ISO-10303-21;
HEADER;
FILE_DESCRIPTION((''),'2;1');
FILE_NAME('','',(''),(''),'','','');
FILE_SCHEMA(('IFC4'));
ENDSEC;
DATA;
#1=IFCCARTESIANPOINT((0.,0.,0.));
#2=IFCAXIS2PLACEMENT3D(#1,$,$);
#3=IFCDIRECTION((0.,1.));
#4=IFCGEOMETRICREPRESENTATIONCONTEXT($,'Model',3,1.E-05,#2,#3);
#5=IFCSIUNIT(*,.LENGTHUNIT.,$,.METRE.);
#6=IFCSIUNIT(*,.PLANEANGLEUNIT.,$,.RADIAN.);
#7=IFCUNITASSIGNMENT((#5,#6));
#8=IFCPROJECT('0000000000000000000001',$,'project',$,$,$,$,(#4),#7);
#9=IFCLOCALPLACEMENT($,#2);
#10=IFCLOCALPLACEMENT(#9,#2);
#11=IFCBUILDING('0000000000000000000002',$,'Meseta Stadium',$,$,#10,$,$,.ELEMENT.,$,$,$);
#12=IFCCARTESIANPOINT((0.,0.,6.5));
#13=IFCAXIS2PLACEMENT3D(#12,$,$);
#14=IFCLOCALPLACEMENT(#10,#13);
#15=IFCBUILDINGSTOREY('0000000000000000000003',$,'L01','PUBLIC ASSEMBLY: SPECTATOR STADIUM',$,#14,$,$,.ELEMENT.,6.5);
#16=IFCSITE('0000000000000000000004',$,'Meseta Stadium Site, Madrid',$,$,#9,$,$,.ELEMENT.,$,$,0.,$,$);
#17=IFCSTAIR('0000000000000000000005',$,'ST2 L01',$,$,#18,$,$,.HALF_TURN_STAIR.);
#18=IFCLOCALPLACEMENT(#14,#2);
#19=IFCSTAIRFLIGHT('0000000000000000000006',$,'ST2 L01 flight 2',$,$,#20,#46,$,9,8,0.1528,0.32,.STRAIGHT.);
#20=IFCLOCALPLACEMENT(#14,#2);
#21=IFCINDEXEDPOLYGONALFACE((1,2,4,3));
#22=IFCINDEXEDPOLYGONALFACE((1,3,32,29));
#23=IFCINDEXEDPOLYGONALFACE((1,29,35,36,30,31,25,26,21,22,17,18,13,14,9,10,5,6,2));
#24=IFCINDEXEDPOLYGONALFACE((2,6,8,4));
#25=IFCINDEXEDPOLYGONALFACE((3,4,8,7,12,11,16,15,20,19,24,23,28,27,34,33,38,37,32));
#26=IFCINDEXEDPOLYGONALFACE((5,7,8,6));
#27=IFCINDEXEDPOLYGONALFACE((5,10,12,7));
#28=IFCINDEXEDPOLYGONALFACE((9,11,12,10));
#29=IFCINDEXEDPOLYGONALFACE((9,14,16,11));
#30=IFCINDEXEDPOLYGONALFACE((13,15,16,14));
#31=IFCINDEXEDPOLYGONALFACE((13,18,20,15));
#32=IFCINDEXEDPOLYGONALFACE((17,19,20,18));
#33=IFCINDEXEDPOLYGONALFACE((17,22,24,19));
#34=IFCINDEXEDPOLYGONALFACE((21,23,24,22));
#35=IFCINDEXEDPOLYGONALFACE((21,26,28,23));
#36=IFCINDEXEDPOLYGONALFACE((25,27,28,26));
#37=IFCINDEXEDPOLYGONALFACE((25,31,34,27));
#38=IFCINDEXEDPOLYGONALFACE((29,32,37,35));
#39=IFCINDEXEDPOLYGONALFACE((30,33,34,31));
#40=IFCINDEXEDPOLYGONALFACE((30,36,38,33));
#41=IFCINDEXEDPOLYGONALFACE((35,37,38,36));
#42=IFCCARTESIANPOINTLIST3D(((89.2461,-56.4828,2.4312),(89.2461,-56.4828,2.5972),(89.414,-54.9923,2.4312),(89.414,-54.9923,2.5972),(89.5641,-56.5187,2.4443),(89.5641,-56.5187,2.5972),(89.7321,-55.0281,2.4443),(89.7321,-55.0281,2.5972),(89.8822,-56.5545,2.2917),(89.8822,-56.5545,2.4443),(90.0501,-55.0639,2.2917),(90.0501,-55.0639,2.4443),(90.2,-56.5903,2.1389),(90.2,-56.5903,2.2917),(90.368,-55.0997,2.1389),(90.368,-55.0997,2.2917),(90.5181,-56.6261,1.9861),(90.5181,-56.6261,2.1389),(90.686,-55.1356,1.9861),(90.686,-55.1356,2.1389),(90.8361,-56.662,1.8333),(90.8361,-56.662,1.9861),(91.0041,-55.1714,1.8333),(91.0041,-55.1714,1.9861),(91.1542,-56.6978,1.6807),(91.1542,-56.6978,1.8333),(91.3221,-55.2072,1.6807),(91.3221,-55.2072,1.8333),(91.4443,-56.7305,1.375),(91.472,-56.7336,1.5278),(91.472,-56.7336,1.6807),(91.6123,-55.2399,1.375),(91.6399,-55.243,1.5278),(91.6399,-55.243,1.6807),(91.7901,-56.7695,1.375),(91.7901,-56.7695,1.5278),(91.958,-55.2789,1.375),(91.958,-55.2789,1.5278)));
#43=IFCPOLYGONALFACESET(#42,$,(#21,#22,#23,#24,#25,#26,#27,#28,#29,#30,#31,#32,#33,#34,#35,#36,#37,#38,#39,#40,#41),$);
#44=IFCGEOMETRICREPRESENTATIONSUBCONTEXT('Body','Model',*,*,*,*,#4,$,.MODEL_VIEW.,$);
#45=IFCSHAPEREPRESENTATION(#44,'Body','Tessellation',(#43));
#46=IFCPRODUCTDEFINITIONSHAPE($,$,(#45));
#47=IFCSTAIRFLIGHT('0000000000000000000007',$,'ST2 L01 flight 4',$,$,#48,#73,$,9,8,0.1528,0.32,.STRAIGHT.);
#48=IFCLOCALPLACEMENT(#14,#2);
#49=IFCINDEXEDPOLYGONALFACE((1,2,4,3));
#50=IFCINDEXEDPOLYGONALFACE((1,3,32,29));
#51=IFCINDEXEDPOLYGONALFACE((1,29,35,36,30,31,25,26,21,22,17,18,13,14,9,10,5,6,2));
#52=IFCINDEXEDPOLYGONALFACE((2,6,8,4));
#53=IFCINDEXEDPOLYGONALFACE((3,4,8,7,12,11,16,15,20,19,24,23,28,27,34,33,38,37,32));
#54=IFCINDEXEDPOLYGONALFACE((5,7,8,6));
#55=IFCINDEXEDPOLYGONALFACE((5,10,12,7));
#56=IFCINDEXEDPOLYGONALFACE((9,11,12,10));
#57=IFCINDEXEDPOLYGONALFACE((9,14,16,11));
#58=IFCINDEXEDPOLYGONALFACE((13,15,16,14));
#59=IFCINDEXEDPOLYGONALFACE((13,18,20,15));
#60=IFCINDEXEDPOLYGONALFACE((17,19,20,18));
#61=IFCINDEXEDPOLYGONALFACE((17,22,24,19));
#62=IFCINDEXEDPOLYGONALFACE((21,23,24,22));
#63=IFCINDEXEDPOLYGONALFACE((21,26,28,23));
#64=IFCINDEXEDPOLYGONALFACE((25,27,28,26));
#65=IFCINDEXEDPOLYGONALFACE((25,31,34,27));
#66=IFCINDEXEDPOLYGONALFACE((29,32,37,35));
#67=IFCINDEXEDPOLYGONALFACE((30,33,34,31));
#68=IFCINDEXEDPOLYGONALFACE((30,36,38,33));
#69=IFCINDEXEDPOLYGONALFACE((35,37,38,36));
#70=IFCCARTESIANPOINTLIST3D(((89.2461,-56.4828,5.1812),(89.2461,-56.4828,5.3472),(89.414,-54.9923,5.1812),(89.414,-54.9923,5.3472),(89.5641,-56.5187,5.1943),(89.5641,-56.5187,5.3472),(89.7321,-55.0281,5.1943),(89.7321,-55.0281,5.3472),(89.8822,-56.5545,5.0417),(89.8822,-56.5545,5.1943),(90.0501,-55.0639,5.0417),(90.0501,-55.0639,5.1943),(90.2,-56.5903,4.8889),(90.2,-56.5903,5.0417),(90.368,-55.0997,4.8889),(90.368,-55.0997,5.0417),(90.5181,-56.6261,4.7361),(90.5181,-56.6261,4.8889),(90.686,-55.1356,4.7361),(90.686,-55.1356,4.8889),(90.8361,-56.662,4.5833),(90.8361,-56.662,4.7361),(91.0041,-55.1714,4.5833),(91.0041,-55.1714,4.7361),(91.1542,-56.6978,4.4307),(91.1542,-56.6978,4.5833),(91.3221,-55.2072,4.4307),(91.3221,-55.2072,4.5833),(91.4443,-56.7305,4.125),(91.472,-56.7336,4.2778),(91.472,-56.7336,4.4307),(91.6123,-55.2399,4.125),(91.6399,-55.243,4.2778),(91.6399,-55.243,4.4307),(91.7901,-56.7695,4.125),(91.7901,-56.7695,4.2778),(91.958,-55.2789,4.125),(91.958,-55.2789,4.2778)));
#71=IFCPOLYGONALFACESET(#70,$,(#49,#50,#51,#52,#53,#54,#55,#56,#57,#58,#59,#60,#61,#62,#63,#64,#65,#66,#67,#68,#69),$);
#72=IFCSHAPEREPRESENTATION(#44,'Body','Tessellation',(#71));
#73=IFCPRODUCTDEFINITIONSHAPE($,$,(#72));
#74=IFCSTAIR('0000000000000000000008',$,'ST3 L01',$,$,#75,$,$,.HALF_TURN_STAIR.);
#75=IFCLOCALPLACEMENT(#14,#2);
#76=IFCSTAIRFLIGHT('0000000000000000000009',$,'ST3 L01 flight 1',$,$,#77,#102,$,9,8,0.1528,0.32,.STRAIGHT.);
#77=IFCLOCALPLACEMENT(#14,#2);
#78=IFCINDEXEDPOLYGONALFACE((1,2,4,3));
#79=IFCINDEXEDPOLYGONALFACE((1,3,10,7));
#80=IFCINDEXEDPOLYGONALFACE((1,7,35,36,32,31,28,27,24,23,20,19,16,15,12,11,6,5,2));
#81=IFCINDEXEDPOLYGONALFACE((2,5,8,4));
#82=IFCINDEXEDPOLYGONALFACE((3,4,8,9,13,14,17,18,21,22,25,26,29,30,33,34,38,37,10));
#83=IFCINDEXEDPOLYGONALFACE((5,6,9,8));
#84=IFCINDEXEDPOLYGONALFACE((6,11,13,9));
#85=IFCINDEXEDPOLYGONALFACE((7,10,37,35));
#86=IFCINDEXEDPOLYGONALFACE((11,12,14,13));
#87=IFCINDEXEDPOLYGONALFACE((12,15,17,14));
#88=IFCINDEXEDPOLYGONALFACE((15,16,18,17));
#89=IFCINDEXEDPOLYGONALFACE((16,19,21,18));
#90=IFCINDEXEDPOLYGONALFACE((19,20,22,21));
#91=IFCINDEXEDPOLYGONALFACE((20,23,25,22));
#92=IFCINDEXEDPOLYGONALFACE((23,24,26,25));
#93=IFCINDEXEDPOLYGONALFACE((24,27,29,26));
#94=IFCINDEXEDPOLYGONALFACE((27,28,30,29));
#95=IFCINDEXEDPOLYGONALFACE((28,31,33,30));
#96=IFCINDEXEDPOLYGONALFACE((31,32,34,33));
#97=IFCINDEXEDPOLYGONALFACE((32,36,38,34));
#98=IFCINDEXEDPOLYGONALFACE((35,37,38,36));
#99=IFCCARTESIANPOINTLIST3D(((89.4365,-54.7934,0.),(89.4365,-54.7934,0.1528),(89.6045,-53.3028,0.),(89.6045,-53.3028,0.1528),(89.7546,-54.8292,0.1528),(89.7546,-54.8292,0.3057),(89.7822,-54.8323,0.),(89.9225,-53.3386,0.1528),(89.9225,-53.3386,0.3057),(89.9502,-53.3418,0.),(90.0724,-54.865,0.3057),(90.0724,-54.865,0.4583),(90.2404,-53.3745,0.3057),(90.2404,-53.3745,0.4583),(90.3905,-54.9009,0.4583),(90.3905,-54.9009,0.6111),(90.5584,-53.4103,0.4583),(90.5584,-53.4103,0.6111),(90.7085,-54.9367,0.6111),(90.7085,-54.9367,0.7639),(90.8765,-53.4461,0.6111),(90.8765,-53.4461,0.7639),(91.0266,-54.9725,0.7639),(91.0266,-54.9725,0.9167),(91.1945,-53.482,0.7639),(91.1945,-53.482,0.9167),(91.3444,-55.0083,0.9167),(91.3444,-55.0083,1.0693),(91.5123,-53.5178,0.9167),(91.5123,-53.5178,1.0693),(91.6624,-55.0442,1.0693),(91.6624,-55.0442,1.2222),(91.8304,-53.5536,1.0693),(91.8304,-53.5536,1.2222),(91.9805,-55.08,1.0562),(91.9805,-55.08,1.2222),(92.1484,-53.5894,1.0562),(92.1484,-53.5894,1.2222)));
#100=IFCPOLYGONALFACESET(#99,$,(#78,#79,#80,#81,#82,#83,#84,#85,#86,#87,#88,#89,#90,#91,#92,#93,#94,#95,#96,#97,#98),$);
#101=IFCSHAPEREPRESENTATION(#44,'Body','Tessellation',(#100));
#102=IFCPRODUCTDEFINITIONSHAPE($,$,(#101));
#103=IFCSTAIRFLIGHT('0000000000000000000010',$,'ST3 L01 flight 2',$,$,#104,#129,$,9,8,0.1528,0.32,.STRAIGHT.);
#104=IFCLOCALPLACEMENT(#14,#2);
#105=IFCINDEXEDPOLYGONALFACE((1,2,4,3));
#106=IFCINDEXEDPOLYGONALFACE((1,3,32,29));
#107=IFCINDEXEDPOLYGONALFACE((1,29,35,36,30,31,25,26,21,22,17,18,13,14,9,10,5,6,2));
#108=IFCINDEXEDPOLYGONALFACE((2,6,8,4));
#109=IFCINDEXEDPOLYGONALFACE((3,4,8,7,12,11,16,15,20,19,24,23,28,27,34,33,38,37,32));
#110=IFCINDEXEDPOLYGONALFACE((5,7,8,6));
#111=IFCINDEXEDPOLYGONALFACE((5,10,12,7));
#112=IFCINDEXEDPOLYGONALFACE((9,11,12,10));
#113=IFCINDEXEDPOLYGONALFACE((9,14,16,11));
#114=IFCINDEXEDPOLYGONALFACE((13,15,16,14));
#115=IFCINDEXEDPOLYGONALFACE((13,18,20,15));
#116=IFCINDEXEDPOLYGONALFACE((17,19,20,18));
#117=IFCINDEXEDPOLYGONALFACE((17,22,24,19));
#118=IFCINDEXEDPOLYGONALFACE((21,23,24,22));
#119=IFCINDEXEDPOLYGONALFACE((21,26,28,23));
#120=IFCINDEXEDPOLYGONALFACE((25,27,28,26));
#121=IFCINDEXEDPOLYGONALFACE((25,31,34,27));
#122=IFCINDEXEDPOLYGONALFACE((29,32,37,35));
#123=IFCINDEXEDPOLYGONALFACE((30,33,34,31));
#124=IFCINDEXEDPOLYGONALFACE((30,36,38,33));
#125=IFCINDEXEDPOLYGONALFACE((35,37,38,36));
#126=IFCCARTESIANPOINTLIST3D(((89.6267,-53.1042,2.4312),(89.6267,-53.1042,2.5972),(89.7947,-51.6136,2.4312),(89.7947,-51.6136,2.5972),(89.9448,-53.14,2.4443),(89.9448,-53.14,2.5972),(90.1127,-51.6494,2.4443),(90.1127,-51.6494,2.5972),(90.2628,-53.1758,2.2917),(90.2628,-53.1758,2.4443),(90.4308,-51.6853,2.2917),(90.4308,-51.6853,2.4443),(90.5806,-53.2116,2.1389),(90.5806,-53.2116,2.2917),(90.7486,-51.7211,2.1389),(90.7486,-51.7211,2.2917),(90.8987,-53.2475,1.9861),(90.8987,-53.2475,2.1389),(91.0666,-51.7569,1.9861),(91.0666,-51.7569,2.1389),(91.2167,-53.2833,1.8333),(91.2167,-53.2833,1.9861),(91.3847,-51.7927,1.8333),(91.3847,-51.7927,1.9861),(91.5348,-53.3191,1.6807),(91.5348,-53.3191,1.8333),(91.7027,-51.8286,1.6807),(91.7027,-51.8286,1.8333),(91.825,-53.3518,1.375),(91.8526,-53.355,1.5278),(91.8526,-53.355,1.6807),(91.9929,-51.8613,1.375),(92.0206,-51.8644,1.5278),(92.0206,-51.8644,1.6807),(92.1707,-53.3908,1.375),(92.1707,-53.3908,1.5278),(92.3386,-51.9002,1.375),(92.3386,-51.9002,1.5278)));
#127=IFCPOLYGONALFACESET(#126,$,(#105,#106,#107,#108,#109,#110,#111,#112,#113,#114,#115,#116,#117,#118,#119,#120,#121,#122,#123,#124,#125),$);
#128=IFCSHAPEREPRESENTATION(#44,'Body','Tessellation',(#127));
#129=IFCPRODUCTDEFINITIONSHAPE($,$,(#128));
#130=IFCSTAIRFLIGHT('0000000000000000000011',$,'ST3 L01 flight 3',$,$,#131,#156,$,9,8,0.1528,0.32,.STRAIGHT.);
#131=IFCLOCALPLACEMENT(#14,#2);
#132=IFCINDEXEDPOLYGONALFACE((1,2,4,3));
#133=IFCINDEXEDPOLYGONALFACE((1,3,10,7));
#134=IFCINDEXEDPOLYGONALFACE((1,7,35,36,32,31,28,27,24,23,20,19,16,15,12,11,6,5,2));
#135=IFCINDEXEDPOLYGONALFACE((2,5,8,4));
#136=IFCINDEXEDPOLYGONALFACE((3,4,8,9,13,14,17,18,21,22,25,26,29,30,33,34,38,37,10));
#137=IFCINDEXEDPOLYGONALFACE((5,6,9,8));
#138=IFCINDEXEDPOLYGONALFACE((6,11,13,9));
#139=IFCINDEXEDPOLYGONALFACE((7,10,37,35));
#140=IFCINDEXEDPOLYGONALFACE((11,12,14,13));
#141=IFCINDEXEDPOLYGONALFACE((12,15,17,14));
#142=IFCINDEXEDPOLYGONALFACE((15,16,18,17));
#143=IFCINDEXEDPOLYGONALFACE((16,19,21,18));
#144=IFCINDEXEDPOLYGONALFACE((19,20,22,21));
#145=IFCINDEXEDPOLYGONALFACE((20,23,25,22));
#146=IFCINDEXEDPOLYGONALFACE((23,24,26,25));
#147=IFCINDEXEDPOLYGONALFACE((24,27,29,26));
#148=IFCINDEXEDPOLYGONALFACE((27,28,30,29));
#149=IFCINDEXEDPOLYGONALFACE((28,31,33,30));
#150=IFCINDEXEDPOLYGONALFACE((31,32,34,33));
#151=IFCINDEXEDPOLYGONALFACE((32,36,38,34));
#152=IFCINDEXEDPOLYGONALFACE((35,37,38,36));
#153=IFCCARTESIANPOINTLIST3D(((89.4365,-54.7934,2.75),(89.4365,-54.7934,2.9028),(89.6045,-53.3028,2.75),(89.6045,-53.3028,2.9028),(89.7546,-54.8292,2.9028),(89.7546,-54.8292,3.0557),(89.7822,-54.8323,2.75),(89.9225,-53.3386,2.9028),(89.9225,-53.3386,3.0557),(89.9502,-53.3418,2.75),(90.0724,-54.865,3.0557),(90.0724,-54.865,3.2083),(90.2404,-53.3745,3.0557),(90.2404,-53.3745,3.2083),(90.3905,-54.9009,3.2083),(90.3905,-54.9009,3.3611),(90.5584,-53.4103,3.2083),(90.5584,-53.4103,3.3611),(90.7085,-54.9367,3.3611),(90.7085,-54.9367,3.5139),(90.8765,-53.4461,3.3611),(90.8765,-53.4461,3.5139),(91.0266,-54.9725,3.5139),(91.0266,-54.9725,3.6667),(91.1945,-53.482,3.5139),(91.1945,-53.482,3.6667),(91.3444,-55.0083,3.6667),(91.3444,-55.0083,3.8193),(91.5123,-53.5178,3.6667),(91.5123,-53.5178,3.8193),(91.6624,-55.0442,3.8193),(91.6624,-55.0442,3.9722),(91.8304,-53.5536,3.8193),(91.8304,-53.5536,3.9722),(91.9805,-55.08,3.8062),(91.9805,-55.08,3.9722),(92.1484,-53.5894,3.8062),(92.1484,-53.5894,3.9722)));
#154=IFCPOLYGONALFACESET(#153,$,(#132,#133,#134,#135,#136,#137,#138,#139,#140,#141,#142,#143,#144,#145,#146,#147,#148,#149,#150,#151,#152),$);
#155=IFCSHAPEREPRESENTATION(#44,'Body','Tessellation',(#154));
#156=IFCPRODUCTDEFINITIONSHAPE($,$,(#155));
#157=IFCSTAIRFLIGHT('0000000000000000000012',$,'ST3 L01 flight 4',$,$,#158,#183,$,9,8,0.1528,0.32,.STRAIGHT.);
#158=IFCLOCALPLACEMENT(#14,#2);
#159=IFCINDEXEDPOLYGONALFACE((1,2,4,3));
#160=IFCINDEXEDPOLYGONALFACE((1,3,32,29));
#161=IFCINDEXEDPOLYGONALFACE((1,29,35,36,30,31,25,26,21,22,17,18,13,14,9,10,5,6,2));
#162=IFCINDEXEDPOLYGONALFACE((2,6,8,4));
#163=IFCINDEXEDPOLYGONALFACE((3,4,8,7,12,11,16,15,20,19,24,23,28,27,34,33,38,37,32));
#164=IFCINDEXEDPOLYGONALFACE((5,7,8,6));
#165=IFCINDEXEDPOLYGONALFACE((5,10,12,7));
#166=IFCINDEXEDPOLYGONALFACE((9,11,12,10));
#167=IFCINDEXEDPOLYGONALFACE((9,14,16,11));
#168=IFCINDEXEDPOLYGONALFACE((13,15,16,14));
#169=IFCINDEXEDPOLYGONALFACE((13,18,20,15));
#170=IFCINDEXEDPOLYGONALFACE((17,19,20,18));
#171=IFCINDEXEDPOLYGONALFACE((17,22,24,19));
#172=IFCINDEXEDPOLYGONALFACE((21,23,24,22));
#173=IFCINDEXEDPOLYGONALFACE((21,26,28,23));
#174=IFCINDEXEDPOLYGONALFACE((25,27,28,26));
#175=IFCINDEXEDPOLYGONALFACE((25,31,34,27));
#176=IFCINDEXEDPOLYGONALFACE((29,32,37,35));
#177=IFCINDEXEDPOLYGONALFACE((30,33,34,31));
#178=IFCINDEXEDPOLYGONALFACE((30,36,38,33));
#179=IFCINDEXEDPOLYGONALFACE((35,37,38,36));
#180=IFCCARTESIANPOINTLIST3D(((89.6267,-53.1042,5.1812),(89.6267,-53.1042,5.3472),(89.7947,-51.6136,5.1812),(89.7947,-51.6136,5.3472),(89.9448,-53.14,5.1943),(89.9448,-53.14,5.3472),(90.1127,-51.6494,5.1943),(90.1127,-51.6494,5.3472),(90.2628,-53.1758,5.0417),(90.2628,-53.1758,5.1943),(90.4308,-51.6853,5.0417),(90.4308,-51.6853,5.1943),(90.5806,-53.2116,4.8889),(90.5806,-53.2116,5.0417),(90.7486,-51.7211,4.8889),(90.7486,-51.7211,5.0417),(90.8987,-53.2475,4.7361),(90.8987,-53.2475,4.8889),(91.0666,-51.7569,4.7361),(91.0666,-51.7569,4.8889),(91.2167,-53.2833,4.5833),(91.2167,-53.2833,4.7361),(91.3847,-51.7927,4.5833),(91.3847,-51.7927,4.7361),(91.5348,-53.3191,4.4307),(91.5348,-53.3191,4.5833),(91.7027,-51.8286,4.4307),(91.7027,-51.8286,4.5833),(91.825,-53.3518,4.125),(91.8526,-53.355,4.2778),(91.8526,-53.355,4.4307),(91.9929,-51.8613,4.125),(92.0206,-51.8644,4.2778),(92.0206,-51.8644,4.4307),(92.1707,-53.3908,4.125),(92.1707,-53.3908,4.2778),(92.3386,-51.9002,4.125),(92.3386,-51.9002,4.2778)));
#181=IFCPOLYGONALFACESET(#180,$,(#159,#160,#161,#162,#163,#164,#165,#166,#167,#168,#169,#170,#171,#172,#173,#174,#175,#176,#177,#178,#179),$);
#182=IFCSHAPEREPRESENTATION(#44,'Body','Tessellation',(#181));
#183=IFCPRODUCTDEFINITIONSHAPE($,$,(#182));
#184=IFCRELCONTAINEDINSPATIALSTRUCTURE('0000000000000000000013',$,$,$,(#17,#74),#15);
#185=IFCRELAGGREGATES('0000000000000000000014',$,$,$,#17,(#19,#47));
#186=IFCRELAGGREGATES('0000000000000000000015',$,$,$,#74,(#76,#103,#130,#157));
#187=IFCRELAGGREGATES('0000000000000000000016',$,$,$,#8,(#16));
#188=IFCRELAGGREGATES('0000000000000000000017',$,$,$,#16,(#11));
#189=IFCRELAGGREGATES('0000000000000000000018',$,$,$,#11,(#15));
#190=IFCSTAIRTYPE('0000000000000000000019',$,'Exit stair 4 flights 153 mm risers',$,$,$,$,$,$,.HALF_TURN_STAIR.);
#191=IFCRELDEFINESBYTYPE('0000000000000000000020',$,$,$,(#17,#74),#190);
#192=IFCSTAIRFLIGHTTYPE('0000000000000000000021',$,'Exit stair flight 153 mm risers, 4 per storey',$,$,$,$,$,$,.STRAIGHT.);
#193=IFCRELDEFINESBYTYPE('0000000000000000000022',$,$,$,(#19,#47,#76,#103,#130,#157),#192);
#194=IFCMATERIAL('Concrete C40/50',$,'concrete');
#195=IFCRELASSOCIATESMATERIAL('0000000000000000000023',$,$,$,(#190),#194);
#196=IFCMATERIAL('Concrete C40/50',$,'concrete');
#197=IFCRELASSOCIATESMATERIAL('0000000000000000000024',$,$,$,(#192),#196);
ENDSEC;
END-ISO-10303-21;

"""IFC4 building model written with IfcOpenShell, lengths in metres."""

from ifc_helpers import new_model, si_unit, direction, frame, origin, place, context, subcontext, project, spatial, polyline, outline, extrude, material, type_object, element, aggregate, save


model = new_model("IFC4")

# Units and contexts
model_context = context("Model", 3, precision=1e-05, world=origin(), true_north=direction((0.0, 1.0)))
body_context = subcontext(model_context, "Body", "Model", "MODEL_VIEW")
ifc_project = project(units=[si_unit("LENGTHUNIT", "METRE"), si_unit("PLANEANGLEUNIT", "RADIAN")], contexts=[model_context])

# Site, building, storey
site_placement = place(None, origin())
site = spatial("IfcSite", under=ifc_project, at=site_placement, Name="Meseta Stadium Site, Madrid", CompositionType="ELEMENT", RefElevation=0.0)
building_placement = place(site_placement, origin())
building = spatial("IfcBuilding", under=site, at=building_placement, Name="Meseta Stadium", CompositionType="ELEMENT")
storey_placement = place(building_placement, frame((0.0, 0.0, 6.5)))
storey = spatial("IfcBuildingStorey", under=building, at=storey_placement, Name="L01", Description="PUBLIC ASSEMBLY: SPECTATOR STADIUM", CompositionType="ELEMENT", Elevation=6.5)

# Stairs, stair flights
ifc_material_1 = material(Name="Concrete C40/50", Category="concrete")
stair_type = type_object("IfcStairType", Name="Exit stair 4 flights 153 mm risers", PredefinedType="HALF_TURN_STAIR", material=ifc_material_1)
stair_1_placement = place(storey_placement, origin())
stair_1 = element("IfcStair", 1, at=stair_1_placement, inside=storey, type_object=stair_type, Name="ST2 L01", PredefinedType="HALF_TURN_STAIR")
ifc_material_2 = material(Name="Concrete C40/50", Category="concrete")
stair_flight_type = type_object("IfcStairFlightType", Name="Exit stair flight 153 mm risers, 4 per storey", PredefinedType="STRAIGHT", material=ifc_material_2)
stair_flight_1_placement = place(storey_placement, frame((91.874, -56.0242, 1.375), z_axis=(0.0, 0.0, 1.0), x_axis=(-0.993712, 0.111964, 0.0)))
stair_flight_1 = element("IfcStairFlight", 2, at=stair_flight_1_placement, type_object=stair_flight_type, Name="ST2 L01 flight 2", NumberOfRisers=9, NumberOfTreads=8, PredefinedType="STRAIGHT", RiserHeight=0.1528, TreadLength=0.32, context=body_context, shape_type="SweptSolid", body=[
    extrude(outline(polyline([(0.0, 0.0), (0.0, 0.1528), (0.3201, 0.1528), (0.3201, 0.3057), (0.6399, 0.3057), (0.6399, 0.4583), (0.96, 0.4583), (0.96, 0.6111), (1.28, 0.6111), (1.28, 0.7639), (1.6001, 0.7639), (1.6001, 0.9167), (1.9199, 0.9167), (1.9199, 1.0693), (2.24, 1.0693), (2.24, 1.2222), (2.5601, 1.2222), (2.5601, 1.0562), (0.3479, 0.0), (0.0, 0.0)])), frame((0.0, 0.75, 0.0), z_axis=(0.0, -1.0, 0.0), x_axis=(1.0, 0.0, 0.0)), (0.0, 0.0, 1.0), 1.5),
])
stair_flight_2_placement = place(storey_placement, frame((91.874, -56.0242, 4.125), z_axis=(0.0, 0.0, 1.0), x_axis=(-0.993712, 0.111964, 0.0)))
stair_flight_2 = element("IfcStairFlight", 3, at=stair_flight_2_placement, type_object=stair_flight_type, Name="ST2 L01 flight 4", NumberOfRisers=9, NumberOfTreads=8, PredefinedType="STRAIGHT", RiserHeight=0.1528, TreadLength=0.32, context=body_context, shape_type="SweptSolid", body=[
    extrude(outline(polyline([(0.0, 0.0), (0.0, 0.1528), (0.3201, 0.1528), (0.3201, 0.3057), (0.6399, 0.3057), (0.6399, 0.4583), (0.96, 0.4583), (0.96, 0.6111), (1.28, 0.6111), (1.28, 0.7639), (1.6001, 0.7639), (1.6001, 0.9167), (1.9199, 0.9167), (1.9199, 1.0693), (2.24, 1.0693), (2.24, 1.2222), (2.5601, 1.2222), (2.5601, 1.0562), (0.3479, 0.0), (0.0, 0.0)])), frame((0.0, 0.75, 0.0), z_axis=(0.0, -1.0, 0.0), x_axis=(1.0, 0.0, 0.0)), (0.0, 0.0, 1.0), 1.5),
])
aggregate(stair_1, [stair_flight_1, stair_flight_2])
stair_2_placement = place(storey_placement, origin())
stair_2 = element("IfcStair", 4, at=stair_2_placement, inside=storey, type_object=stair_type, Name="ST3 L01", PredefinedType="HALF_TURN_STAIR")
stair_flight_3_placement = place(storey_placement, frame((89.5205, -54.0481, 0.0), z_axis=(0.0, 0.0, 1.0), x_axis=(0.993712, -0.111964, 0.0)))
stair_flight_3 = element("IfcStairFlight", 5, at=stair_flight_3_placement, type_object=stair_flight_type, Name="ST3 L01 flight 1", NumberOfRisers=9, NumberOfTreads=8, PredefinedType="STRAIGHT", RiserHeight=0.1528, TreadLength=0.32, context=body_context, shape_type="SweptSolid", body=[
    extrude(outline(polyline([(0.0, 0.0), (0.0, 0.1528), (0.3201, 0.1528), (0.3201, 0.3057), (0.6399, 0.3057), (0.6399, 0.4583), (0.96, 0.4583), (0.96, 0.6111), (1.28, 0.6111), (1.28, 0.7639), (1.6001, 0.7639), (1.6001, 0.9167), (1.9199, 0.9167), (1.9199, 1.0693), (2.24, 1.0693), (2.24, 1.2222), (2.5601, 1.2222), (2.5601, 1.0562), (0.3479, 0.0), (0.0, 0.0)])), frame((0.0, 0.75, 0.0), z_axis=(0.0, -1.0, 0.0), x_axis=(1.0, 0.0, 0.0)), (0.0, 0.0, 1.0), 1.5),
])
stair_flight_4_placement = place(storey_placement, frame((92.2546, -52.6455, 1.375), z_axis=(0.0, 0.0, 1.0), x_axis=(-0.993712, 0.111964, 0.0)))
stair_flight_4 = element("IfcStairFlight", 6, at=stair_flight_4_placement, type_object=stair_flight_type, Name="ST3 L01 flight 2", NumberOfRisers=9, NumberOfTreads=8, PredefinedType="STRAIGHT", RiserHeight=0.1528, TreadLength=0.32, context=body_context, shape_type="SweptSolid", body=[
    extrude(outline(polyline([(0.0, 0.0), (0.0, 0.1528), (0.3201, 0.1528), (0.3201, 0.3057), (0.6399, 0.3057), (0.6399, 0.4583), (0.96, 0.4583), (0.96, 0.6111), (1.28, 0.6111), (1.28, 0.7639), (1.6001, 0.7639), (1.6001, 0.9167), (1.9199, 0.9167), (1.9199, 1.0693), (2.24, 1.0693), (2.24, 1.2222), (2.5601, 1.2222), (2.5601, 1.0562), (0.3479, 0.0), (0.0, 0.0)])), frame((0.0, 0.75, 0.0), z_axis=(0.0, -1.0, 0.0), x_axis=(1.0, 0.0, 0.0)), (0.0, 0.0, 1.0), 1.5),
])
stair_flight_5_placement = place(storey_placement, frame((89.5205, -54.0481, 2.75), z_axis=(0.0, 0.0, 1.0), x_axis=(0.993712, -0.111964, 0.0)))
stair_flight_5 = element("IfcStairFlight", 7, at=stair_flight_5_placement, type_object=stair_flight_type, Name="ST3 L01 flight 3", NumberOfRisers=9, NumberOfTreads=8, PredefinedType="STRAIGHT", RiserHeight=0.1528, TreadLength=0.32, context=body_context, shape_type="SweptSolid", body=[
    extrude(outline(polyline([(0.0, 0.0), (0.0, 0.1528), (0.3201, 0.1528), (0.3201, 0.3057), (0.6399, 0.3057), (0.6399, 0.4583), (0.96, 0.4583), (0.96, 0.6111), (1.28, 0.6111), (1.28, 0.7639), (1.6001, 0.7639), (1.6001, 0.9167), (1.9199, 0.9167), (1.9199, 1.0693), (2.24, 1.0693), (2.24, 1.2222), (2.5601, 1.2222), (2.5601, 1.0562), (0.3479, 0.0), (0.0, 0.0)])), frame((0.0, 0.75, 0.0), z_axis=(0.0, -1.0, 0.0), x_axis=(1.0, 0.0, 0.0)), (0.0, 0.0, 1.0), 1.5),
])
stair_flight_6_placement = place(storey_placement, frame((92.2546, -52.6455, 4.125), z_axis=(0.0, 0.0, 1.0), x_axis=(-0.993712, 0.111964, 0.0)))
stair_flight_6 = element("IfcStairFlight", 8, at=stair_flight_6_placement, type_object=stair_flight_type, Name="ST3 L01 flight 4", NumberOfRisers=9, NumberOfTreads=8, PredefinedType="STRAIGHT", RiserHeight=0.1528, TreadLength=0.32, context=body_context, shape_type="SweptSolid", body=[
    extrude(outline(polyline([(0.0, 0.0), (0.0, 0.1528), (0.3201, 0.1528), (0.3201, 0.3057), (0.6399, 0.3057), (0.6399, 0.4583), (0.96, 0.4583), (0.96, 0.6111), (1.28, 0.6111), (1.28, 0.7639), (1.6001, 0.7639), (1.6001, 0.9167), (1.9199, 0.9167), (1.9199, 1.0693), (2.24, 1.0693), (2.24, 1.2222), (2.5601, 1.2222), (2.5601, 1.0562), (0.3479, 0.0), (0.0, 0.0)])), frame((0.0, 0.75, 0.0), z_axis=(0.0, -1.0, 0.0), x_axis=(1.0, 0.0, 0.0)), (0.0, 0.0, 1.0), 1.5),
])
aggregate(stair_2, [stair_flight_3, stair_flight_4, stair_flight_5, stair_flight_6])

save(model, "model.ifc")
